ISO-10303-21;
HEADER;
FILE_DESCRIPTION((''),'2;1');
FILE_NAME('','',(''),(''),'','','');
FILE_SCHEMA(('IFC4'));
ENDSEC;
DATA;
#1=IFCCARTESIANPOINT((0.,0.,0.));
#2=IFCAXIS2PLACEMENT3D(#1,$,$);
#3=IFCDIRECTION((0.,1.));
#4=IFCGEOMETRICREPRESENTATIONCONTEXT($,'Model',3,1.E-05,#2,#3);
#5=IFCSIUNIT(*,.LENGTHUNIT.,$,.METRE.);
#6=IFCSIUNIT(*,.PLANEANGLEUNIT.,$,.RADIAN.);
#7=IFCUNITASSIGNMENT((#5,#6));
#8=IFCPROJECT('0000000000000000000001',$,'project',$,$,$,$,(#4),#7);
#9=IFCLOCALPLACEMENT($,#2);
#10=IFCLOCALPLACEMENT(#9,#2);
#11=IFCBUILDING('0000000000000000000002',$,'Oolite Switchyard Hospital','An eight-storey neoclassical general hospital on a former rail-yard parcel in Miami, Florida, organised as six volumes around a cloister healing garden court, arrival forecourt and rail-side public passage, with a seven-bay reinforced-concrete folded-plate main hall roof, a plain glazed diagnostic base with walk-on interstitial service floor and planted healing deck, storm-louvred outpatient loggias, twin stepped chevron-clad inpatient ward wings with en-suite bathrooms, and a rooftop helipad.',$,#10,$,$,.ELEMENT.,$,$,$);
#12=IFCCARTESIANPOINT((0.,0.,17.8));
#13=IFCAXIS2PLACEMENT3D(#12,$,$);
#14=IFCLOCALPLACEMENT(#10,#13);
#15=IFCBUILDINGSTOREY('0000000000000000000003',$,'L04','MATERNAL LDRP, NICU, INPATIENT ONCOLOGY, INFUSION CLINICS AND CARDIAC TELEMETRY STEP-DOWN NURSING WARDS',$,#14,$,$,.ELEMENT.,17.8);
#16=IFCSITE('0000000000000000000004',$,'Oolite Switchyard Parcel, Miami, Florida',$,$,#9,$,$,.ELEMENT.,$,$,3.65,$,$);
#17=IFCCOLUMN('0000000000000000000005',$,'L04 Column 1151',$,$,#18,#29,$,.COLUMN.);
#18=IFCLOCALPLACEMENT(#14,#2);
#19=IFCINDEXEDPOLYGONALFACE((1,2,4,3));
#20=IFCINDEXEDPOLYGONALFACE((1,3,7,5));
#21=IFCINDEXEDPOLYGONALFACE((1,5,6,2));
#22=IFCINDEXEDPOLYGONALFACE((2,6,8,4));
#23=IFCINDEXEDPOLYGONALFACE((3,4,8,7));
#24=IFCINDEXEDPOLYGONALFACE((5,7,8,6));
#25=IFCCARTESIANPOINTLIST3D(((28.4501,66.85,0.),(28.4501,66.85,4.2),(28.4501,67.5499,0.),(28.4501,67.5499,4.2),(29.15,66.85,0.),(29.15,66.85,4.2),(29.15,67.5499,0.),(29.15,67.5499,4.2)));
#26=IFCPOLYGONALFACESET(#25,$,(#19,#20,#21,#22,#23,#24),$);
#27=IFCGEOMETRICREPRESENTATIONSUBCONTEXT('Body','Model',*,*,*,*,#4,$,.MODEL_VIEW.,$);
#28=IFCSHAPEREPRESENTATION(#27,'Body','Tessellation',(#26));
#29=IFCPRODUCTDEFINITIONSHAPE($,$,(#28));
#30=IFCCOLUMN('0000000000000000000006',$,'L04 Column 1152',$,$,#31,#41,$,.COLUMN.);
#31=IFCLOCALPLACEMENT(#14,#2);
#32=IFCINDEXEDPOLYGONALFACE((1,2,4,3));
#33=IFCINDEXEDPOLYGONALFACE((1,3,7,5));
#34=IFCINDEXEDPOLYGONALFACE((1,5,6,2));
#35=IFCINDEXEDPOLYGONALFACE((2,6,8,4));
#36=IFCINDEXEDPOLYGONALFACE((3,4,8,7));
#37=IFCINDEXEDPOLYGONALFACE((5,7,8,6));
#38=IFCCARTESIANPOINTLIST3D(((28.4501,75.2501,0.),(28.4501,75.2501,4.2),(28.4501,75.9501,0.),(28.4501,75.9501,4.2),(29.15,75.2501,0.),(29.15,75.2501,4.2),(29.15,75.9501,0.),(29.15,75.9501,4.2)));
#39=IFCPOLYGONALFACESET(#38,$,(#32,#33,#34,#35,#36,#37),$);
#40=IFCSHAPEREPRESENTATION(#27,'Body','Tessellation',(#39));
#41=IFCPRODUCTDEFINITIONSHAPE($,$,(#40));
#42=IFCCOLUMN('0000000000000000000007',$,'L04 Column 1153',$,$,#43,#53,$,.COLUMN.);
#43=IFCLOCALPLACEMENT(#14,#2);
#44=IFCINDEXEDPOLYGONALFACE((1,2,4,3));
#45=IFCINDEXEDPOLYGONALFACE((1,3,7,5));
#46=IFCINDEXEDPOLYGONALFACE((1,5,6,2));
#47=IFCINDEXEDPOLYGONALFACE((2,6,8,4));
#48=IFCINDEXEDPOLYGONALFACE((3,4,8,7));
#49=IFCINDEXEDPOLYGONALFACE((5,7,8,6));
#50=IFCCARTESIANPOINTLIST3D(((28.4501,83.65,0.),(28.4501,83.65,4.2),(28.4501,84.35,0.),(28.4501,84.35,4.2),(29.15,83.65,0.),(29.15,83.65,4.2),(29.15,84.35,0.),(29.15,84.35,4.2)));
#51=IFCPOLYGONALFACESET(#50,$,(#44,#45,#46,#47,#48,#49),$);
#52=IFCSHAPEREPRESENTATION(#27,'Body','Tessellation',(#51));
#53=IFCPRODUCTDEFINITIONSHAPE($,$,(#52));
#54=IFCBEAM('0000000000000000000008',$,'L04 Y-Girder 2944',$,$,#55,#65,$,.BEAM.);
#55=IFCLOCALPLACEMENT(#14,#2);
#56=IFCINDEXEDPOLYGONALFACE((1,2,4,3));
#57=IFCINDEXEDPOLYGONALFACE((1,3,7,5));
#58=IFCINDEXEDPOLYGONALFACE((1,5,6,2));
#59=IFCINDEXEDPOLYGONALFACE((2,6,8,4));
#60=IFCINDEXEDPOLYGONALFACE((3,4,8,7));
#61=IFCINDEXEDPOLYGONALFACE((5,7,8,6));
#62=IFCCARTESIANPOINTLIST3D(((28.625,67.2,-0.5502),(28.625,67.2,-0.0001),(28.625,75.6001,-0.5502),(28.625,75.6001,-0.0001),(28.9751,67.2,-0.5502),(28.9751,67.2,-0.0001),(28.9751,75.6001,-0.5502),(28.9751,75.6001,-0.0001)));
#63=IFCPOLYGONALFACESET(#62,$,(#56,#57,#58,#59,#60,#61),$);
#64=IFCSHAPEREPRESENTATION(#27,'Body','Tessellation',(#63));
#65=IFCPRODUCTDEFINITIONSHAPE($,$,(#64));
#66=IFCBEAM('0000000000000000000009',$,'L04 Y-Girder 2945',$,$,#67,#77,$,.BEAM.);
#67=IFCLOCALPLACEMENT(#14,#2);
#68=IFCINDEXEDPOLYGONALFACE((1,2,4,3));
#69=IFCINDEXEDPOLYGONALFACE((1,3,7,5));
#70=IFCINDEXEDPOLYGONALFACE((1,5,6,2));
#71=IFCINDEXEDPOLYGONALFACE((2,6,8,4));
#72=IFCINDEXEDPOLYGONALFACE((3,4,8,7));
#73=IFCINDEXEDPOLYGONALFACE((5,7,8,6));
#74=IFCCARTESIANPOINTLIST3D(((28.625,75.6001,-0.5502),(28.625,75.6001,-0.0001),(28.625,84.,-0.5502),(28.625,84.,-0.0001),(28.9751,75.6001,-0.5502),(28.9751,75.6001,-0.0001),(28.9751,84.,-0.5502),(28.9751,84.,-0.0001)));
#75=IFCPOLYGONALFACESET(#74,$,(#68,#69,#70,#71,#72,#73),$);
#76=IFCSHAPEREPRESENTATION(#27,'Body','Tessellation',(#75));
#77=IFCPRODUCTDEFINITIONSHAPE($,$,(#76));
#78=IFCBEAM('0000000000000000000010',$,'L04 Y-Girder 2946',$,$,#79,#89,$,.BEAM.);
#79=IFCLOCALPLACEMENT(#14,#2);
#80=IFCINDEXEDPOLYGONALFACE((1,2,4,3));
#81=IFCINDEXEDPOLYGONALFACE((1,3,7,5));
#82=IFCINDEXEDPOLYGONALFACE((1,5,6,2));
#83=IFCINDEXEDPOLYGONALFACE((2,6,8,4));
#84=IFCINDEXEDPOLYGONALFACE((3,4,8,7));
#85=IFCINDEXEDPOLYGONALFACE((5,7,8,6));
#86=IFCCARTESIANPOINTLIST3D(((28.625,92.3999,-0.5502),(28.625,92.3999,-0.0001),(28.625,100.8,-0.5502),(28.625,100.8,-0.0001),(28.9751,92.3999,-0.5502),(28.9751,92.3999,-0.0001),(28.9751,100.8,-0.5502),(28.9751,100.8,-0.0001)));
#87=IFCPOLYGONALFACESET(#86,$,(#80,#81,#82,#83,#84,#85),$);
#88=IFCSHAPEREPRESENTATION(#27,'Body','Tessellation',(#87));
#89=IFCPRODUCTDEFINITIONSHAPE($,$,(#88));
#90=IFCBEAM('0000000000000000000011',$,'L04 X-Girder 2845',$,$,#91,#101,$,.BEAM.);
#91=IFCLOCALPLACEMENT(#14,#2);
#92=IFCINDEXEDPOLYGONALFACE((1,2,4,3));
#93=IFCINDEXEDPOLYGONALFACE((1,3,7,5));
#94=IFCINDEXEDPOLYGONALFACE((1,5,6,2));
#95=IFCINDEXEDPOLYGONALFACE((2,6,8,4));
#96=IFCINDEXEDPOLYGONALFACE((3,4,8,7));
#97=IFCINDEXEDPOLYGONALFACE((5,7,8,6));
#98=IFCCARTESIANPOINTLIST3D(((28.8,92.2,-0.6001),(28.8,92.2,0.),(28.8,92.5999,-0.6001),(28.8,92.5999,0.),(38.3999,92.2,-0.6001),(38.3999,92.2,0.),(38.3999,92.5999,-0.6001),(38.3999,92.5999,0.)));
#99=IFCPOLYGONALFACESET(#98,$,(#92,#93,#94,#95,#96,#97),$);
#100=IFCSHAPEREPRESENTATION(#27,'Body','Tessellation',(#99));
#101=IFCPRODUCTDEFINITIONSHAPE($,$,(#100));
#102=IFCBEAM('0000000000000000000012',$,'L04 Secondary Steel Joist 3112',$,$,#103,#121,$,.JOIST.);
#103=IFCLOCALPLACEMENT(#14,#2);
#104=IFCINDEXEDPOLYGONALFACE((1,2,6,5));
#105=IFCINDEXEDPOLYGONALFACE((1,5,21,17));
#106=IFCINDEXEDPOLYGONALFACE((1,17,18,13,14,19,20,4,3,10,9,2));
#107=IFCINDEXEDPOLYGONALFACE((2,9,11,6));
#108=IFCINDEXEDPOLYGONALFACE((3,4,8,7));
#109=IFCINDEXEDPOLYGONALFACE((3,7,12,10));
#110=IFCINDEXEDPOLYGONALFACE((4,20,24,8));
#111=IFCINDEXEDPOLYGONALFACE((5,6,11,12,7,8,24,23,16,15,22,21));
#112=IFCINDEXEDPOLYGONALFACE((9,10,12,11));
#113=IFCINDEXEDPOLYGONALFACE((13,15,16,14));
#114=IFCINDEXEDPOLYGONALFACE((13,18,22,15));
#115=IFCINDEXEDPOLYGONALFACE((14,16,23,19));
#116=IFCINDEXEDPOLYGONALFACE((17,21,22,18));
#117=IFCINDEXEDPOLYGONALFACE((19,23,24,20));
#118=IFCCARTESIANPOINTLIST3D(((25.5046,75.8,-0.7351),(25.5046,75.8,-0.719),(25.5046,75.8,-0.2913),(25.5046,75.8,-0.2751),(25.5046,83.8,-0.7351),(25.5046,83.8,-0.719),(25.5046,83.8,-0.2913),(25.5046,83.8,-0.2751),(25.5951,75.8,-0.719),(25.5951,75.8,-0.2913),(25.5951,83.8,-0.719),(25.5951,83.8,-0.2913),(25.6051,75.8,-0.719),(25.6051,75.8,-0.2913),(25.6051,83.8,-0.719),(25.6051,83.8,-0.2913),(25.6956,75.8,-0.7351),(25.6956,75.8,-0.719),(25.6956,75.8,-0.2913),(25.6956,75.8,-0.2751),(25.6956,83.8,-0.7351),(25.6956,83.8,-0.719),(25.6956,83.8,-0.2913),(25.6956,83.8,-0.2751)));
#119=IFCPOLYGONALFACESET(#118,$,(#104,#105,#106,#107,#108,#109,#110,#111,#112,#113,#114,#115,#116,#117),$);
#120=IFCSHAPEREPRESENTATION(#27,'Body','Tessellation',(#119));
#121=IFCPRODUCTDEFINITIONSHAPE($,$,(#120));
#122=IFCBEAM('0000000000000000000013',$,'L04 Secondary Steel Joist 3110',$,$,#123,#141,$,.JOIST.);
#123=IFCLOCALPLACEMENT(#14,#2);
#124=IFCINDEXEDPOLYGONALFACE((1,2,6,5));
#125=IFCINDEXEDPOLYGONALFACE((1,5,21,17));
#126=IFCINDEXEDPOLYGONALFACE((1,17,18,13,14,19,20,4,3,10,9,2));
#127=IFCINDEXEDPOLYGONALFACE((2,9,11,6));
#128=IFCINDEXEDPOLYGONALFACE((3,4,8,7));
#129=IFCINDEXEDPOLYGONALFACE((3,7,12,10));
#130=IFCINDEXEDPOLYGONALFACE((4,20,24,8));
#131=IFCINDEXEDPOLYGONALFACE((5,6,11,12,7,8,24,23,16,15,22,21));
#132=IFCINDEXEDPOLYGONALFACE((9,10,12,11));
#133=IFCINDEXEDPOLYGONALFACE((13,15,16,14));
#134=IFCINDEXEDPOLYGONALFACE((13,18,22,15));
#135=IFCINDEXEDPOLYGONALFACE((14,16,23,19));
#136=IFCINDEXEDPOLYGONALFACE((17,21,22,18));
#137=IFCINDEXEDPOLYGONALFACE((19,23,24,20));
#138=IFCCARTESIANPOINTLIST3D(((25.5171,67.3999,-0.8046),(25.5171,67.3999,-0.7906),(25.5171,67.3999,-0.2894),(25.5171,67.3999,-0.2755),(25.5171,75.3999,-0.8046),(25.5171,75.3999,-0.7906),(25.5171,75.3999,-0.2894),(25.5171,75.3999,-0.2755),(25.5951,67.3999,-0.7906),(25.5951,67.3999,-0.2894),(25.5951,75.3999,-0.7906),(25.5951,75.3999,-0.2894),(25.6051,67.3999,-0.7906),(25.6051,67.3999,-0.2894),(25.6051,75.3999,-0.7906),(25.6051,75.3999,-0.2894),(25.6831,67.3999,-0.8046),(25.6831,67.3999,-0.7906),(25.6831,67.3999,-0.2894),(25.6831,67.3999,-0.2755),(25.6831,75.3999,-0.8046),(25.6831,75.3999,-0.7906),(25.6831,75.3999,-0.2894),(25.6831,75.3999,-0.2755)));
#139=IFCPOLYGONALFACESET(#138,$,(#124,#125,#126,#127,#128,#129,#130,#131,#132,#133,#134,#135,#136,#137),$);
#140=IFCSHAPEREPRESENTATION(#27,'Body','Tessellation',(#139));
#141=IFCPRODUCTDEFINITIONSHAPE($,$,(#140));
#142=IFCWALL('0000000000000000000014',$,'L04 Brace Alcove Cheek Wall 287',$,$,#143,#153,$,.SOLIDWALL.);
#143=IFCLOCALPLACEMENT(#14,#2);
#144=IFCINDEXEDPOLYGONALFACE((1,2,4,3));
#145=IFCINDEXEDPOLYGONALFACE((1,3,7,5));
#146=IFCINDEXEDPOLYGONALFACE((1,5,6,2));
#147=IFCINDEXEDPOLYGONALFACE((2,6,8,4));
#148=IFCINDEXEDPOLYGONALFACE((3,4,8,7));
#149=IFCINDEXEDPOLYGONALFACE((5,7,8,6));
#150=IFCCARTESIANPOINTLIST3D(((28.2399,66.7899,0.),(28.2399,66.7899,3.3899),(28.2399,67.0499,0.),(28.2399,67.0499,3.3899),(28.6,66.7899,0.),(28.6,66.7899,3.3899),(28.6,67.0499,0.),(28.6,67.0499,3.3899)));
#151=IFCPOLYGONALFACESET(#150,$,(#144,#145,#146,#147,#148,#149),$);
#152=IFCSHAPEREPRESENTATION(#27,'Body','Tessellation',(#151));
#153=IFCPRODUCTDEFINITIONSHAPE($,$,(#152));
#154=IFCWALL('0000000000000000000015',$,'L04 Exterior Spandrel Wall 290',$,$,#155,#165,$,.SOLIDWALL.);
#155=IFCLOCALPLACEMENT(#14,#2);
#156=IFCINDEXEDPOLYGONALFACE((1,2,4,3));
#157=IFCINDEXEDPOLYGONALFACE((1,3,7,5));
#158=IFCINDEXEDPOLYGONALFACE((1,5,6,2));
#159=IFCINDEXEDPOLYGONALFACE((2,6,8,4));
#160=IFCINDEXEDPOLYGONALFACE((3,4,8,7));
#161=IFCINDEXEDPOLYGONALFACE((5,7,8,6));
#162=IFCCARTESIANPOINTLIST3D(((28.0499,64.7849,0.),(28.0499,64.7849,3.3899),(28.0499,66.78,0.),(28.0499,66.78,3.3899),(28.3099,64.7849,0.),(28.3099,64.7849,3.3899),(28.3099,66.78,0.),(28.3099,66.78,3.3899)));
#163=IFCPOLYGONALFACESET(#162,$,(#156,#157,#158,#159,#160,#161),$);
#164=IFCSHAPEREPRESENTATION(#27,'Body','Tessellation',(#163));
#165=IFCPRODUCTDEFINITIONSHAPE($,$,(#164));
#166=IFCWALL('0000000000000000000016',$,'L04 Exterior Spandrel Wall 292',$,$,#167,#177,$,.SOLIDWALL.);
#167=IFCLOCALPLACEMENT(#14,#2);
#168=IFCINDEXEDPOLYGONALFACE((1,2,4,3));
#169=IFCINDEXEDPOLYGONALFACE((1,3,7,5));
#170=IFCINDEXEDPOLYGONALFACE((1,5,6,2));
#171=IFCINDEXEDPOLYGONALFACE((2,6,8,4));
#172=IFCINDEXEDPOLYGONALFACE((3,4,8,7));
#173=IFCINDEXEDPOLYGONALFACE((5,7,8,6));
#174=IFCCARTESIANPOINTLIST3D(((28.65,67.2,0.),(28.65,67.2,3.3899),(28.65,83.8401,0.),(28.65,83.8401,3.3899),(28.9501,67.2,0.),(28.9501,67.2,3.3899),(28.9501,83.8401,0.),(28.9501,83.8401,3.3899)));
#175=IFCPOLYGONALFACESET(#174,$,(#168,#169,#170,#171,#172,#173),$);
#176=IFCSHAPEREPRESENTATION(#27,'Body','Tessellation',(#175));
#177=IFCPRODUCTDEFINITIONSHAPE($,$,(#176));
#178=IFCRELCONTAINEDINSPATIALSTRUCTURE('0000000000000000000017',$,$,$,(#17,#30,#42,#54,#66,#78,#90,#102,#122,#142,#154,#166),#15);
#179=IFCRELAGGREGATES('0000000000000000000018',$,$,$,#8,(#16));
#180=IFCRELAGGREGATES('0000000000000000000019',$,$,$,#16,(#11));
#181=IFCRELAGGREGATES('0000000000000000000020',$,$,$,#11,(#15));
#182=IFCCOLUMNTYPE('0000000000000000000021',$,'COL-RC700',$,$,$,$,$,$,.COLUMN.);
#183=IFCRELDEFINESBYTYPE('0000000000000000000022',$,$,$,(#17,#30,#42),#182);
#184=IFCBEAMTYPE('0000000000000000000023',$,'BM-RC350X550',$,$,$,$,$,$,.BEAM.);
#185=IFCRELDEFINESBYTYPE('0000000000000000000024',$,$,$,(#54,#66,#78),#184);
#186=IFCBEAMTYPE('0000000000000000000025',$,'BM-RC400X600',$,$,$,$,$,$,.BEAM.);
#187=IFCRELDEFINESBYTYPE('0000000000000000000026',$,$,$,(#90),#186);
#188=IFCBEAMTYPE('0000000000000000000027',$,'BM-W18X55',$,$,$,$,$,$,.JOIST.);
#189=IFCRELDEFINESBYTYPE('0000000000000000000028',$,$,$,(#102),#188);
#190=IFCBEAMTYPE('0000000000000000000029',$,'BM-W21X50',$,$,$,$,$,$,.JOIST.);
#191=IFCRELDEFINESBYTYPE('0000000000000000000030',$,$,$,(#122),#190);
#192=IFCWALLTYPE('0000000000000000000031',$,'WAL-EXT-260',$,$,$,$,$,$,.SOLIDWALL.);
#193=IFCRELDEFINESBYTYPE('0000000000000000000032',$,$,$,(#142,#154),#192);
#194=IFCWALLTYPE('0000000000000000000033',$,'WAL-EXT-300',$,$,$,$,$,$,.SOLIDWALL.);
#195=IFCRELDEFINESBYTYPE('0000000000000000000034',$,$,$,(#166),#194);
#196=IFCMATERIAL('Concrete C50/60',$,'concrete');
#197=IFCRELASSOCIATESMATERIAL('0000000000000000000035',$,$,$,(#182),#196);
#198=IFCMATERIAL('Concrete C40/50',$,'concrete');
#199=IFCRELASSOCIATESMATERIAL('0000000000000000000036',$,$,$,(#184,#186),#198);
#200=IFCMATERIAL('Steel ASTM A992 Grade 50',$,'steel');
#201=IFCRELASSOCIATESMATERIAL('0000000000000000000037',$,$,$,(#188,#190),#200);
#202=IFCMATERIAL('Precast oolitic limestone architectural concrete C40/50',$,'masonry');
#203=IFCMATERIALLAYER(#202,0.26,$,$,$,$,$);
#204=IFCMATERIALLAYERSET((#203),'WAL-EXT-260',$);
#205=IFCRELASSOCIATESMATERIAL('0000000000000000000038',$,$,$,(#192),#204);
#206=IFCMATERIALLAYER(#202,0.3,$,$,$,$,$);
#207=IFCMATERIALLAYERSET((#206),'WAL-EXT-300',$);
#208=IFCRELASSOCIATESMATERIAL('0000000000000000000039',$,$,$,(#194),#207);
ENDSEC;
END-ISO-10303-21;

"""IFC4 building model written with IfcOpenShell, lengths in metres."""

from ifc_helpers import new_model, si_unit, direction, frame, frame_2d, origin, origin_2d, place, context, subcontext, project, spatial, rectangle, i_section, extrude, material, layer, layer_set, material_profile, profile_set, type_object, element, save


model = new_model("IFC4")

# Units and contexts
model_context = context("Model", 3, precision=1e-05, world=origin(), true_north=direction((0.0, 1.0)))
body_context = subcontext(model_context, "Body", "Model", "MODEL_VIEW")
ifc_project = project(units=[si_unit("LENGTHUNIT", "METRE"), si_unit("PLANEANGLEUNIT", "RADIAN")], contexts=[model_context])

# Site, building, storey
site_placement = place(None, origin())
site = spatial("IfcSite", under=ifc_project, at=site_placement, Name="Oolite Switchyard Parcel, Miami, Florida", CompositionType="ELEMENT", RefElevation=3.65)
building_placement = place(site_placement, origin())
building = spatial("IfcBuilding", under=site, at=building_placement, Name="Oolite Switchyard Hospital", Description="An eight-storey neoclassical general hospital on a former rail-yard parcel in Miami, Florida, organised as six volumes around a cloister healing garden court, arrival forecourt and rail-side public passage, with a seven-bay reinforced-concrete folded-plate main hall roof, a plain glazed diagnostic base with walk-on interstitial service floor and planted healing deck, storm-louvred outpatient loggias, twin stepped chevron-clad inpatient ward wings with en-suite bathrooms, and a rooftop helipad.", CompositionType="ELEMENT")
storey_placement = place(building_placement, frame((0.0, 0.0, 17.8)))
storey = spatial("IfcBuildingStorey", under=building, at=storey_placement, Name="L04", Description="MATERNAL LDRP, NICU, INPATIENT ONCOLOGY, INFUSION CLINICS AND CARDIAC TELEMETRY STEP-DOWN NURSING WARDS", CompositionType="ELEMENT", Elevation=17.8)

# Columns
ifc_material_1 = material(Name="Concrete C50/60", Category="concrete")
ifc_material_profile_1 = material_profile(ifc_material_1, rectangle(XDim=0.7, YDim=0.7, at=origin_2d()), Name="RC700X700")
ifc_profile_set_1 = profile_set([ifc_material_profile_1], Name="Concrete C50/60")
column_type = type_object("IfcColumnType", Name="COL-RC700", PredefinedType="COLUMN", material=ifc_profile_set_1)
for number, where, z_axis, x_axis, name in (
    (1, (28.8, 67.2, 0.0), (0.0, 0.0, 1.0), (1.0, 0.0, 0.0), "L04 Column 1151"),
    (2, (28.8, 75.6001, 0.0), (0.0, 0.0, 1.0), (1.0, 0.0, 0.0), "L04 Column 1152"),
    (3, (28.8, 84.0, 0.0), (0.0, 0.0, 1.0), (1.0, 0.0, 0.0), "L04 Column 1153"),
):
    element("IfcColumn", number, at=place(storey_placement, frame(where, z_axis=z_axis, x_axis=x_axis)), inside=storey, type_object=column_type, Name=name, PredefinedType="COLUMN", context=body_context, shape_type="SweptSolid", body=[
        extrude(rectangle(XDim=0.7, YDim=0.7, at=origin_2d()), origin(), (0.0, 0.0, 1.0), 4.2),
    ])

# Beams
ifc_material_2 = material(Name="Concrete C40/50", Category="concrete")
ifc_material_profile_2 = material_profile(ifc_material_2, rectangle(XDim=0.3501, YDim=0.55, at=origin_2d()), Name="RCB350X550")
ifc_profile_set_2 = profile_set([ifc_material_profile_2], Name="Concrete C40/50")
beam_type_1 = type_object("IfcBeamType", Name="BM-RC350X550", PredefinedType="BEAM", material=ifc_profile_set_2)
beam_1_placement = place(storey_placement, frame((28.8, 67.2, -0.2751), z_axis=(0.0, 1.0, 0.0), x_axis=(-1.0, 0.0, 0.0)))
element("IfcBeam", 4, at=beam_1_placement, inside=storey, type_object=beam_type_1, Name="L04 Y-Girder 2944", PredefinedType="BEAM", context=body_context, shape_type="SweptSolid", body=[
    extrude(rectangle(XDim=0.3501, YDim=0.55, at=origin_2d()), origin(), (0.0, 0.0, 1.0), 8.4001),
])
beam_2_placement = place(storey_placement, frame((28.8, 75.6001, -0.2751), z_axis=(0.0, 1.0, 0.0), x_axis=(-1.0, 0.0, 0.0)))
element("IfcBeam", 5, at=beam_2_placement, inside=storey, type_object=beam_type_1, Name="L04 Y-Girder 2945", PredefinedType="BEAM", context=body_context, shape_type="SweptSolid", body=[
    extrude(rectangle(XDim=0.3501, YDim=0.55, at=origin_2d()), origin(), (0.0, 0.0, 1.0), 8.3999),
])
beam_3_placement = place(storey_placement, frame((28.8, 92.3999, -0.2751), z_axis=(0.0, 1.0, 0.0), x_axis=(-1.0, 0.0, 0.0)))
element("IfcBeam", 6, at=beam_3_placement, inside=storey, type_object=beam_type_1, Name="L04 Y-Girder 2946", PredefinedType="BEAM", context=body_context, shape_type="SweptSolid", body=[
    extrude(rectangle(XDim=0.3501, YDim=0.55, at=origin_2d()), origin(), (0.0, 0.0, 1.0), 8.4001),
])
ifc_material_profile_3 = material_profile(ifc_material_2, rectangle(XDim=0.3999, YDim=0.6001, at=origin_2d()), Name="RCB400X600")
ifc_profile_set_3 = profile_set([ifc_material_profile_3], Name="Concrete C40/50")
beam_type_2 = type_object("IfcBeamType", Name="BM-RC400X600", PredefinedType="BEAM", material=ifc_profile_set_3)
beam_4_placement = place(storey_placement, frame((28.8, 92.3999, -0.3), z_axis=(1.0, 0.0, 0.0), x_axis=(0.0, 1.0, 0.0)))
element("IfcBeam", 7, at=beam_4_placement, inside=storey, type_object=beam_type_2, Name="L04 X-Girder 2845", PredefinedType="BEAM", context=body_context, shape_type="SweptSolid", body=[
    extrude(rectangle(XDim=0.3999, YDim=0.6001, at=origin_2d()), origin(), (0.0, 0.0, 1.0), 9.5999),
])
ifc_material_3 = material(Name="Steel ASTM A992 Grade 50", Category="steel")
ifc_material_profile_4 = material_profile(ifc_material_3, i_section(OverallWidth=0.1909, OverallDepth=0.46, WebThickness=0.01, FlangeThickness=0.0161, at=origin_2d()), Name="W18X55")
ifc_profile_set_4 = profile_set([ifc_material_profile_4], Name="Steel ASTM A992 Grade 50")
beam_type_3 = type_object("IfcBeamType", Name="BM-W18X55", PredefinedType="JOIST", material=ifc_profile_set_4)
beam_5_placement = place(storey_placement, frame((25.6001, 75.8, -0.5051), z_axis=(0.0, 1.0, 0.0), x_axis=(-1.0, 0.0, 0.0)))
element("IfcBeam", 8, at=beam_5_placement, inside=storey, type_object=beam_type_3, Name="L04 Secondary Steel Joist 3112", PredefinedType="JOIST", context=body_context, shape_type="SweptSolid", body=[
    extrude(i_section(OverallWidth=0.1909, OverallDepth=0.46, WebThickness=0.01, FlangeThickness=0.0161, at=origin_2d()), origin(), (0.0, 0.0, 1.0), 8.0),
])
ifc_material_profile_5 = material_profile(ifc_material_3, i_section(OverallWidth=0.166, OverallDepth=0.5291, WebThickness=0.01, FlangeThickness=0.0139, at=origin_2d()), Name="W21X50")
ifc_profile_set_5 = profile_set([ifc_material_profile_5], Name="Steel ASTM A992 Grade 50")
beam_type_4 = type_object("IfcBeamType", Name="BM-W21X50", PredefinedType="JOIST", material=ifc_profile_set_5)
beam_6_placement = place(storey_placement, frame((25.6001, 67.3999, -0.54), z_axis=(0.0, 1.0, 0.0), x_axis=(-1.0, 0.0, 0.0)))
element("IfcBeam", 9, at=beam_6_placement, inside=storey, type_object=beam_type_4, Name="L04 Secondary Steel Joist 3110", PredefinedType="JOIST", context=body_context, shape_type="SweptSolid", body=[
    extrude(i_section(OverallWidth=0.166, OverallDepth=0.5291, WebThickness=0.01, FlangeThickness=0.0139, at=origin_2d()), origin(), (0.0, 0.0, 1.0), 8.0),
])

# Walls
ifc_material_4 = material(Name="Precast oolitic limestone architectural concrete C40/50", Category="masonry")
ifc_layer_1 = layer(ifc_material_4, 0.26)
ifc_layer_set_1 = layer_set([ifc_layer_1], Name="WAL-EXT-260")
wall_type_1 = type_object("IfcWallType", Name="WAL-EXT-260", PredefinedType="SOLIDWALL", material=ifc_layer_set_1)
wall_1_placement = place(storey_placement, frame((28.6001, 66.9199, 0.0), z_axis=(0.0, 0.0, 1.0), x_axis=(-1.0, 0.0, 0.0)))
element("IfcWall", 10, at=wall_1_placement, inside=storey, type_object=wall_type_1, Name="L04 Brace Alcove Cheek Wall 287", PredefinedType="SOLIDWALL", context=body_context, shape_type="SweptSolid", body=[
    extrude(rectangle(XDim=0.3601, YDim=0.26, at=frame_2d((0.1802, 0.0))), origin(), (0.0, 0.0, 1.0), 3.3899),
])
wall_2_placement = place(storey_placement, frame((28.1799, 66.78, 0.0), z_axis=(0.0, 0.0, 1.0), x_axis=(0.0, -1.0, 0.0)))
element("IfcWall", 11, at=wall_2_placement, inside=storey, type_object=wall_type_1, Name="L04 Exterior Spandrel Wall 290", PredefinedType="SOLIDWALL", context=body_context, shape_type="SweptSolid", body=[
    extrude(rectangle(XDim=1.9951, YDim=0.26, at=frame_2d((0.9976, 0.0))), origin(), (0.0, 0.0, 1.0), 3.3899),
])
ifc_layer_2 = layer(ifc_material_4, 0.3)
ifc_layer_set_2 = layer_set([ifc_layer_2], Name="WAL-EXT-300")
wall_type_2 = type_object("IfcWallType", Name="WAL-EXT-300", PredefinedType="SOLIDWALL", material=ifc_layer_set_2)
wall_3_placement = place(storey_placement, frame((28.8, 83.8401, 0.0), z_axis=(0.0, 0.0, 1.0), x_axis=(0.0, -1.0, 0.0)))
element("IfcWall", 12, at=wall_3_placement, inside=storey, type_object=wall_type_2, Name="L04 Exterior Spandrel Wall 292", PredefinedType="SOLIDWALL", context=body_context, shape_type="SweptSolid", body=[
    extrude(rectangle(XDim=16.6401, YDim=0.3, at=frame_2d((8.3201, 0.0))), origin(), (0.0, 0.0, 1.0), 3.3899),
])

save(model, "model.ifc")
